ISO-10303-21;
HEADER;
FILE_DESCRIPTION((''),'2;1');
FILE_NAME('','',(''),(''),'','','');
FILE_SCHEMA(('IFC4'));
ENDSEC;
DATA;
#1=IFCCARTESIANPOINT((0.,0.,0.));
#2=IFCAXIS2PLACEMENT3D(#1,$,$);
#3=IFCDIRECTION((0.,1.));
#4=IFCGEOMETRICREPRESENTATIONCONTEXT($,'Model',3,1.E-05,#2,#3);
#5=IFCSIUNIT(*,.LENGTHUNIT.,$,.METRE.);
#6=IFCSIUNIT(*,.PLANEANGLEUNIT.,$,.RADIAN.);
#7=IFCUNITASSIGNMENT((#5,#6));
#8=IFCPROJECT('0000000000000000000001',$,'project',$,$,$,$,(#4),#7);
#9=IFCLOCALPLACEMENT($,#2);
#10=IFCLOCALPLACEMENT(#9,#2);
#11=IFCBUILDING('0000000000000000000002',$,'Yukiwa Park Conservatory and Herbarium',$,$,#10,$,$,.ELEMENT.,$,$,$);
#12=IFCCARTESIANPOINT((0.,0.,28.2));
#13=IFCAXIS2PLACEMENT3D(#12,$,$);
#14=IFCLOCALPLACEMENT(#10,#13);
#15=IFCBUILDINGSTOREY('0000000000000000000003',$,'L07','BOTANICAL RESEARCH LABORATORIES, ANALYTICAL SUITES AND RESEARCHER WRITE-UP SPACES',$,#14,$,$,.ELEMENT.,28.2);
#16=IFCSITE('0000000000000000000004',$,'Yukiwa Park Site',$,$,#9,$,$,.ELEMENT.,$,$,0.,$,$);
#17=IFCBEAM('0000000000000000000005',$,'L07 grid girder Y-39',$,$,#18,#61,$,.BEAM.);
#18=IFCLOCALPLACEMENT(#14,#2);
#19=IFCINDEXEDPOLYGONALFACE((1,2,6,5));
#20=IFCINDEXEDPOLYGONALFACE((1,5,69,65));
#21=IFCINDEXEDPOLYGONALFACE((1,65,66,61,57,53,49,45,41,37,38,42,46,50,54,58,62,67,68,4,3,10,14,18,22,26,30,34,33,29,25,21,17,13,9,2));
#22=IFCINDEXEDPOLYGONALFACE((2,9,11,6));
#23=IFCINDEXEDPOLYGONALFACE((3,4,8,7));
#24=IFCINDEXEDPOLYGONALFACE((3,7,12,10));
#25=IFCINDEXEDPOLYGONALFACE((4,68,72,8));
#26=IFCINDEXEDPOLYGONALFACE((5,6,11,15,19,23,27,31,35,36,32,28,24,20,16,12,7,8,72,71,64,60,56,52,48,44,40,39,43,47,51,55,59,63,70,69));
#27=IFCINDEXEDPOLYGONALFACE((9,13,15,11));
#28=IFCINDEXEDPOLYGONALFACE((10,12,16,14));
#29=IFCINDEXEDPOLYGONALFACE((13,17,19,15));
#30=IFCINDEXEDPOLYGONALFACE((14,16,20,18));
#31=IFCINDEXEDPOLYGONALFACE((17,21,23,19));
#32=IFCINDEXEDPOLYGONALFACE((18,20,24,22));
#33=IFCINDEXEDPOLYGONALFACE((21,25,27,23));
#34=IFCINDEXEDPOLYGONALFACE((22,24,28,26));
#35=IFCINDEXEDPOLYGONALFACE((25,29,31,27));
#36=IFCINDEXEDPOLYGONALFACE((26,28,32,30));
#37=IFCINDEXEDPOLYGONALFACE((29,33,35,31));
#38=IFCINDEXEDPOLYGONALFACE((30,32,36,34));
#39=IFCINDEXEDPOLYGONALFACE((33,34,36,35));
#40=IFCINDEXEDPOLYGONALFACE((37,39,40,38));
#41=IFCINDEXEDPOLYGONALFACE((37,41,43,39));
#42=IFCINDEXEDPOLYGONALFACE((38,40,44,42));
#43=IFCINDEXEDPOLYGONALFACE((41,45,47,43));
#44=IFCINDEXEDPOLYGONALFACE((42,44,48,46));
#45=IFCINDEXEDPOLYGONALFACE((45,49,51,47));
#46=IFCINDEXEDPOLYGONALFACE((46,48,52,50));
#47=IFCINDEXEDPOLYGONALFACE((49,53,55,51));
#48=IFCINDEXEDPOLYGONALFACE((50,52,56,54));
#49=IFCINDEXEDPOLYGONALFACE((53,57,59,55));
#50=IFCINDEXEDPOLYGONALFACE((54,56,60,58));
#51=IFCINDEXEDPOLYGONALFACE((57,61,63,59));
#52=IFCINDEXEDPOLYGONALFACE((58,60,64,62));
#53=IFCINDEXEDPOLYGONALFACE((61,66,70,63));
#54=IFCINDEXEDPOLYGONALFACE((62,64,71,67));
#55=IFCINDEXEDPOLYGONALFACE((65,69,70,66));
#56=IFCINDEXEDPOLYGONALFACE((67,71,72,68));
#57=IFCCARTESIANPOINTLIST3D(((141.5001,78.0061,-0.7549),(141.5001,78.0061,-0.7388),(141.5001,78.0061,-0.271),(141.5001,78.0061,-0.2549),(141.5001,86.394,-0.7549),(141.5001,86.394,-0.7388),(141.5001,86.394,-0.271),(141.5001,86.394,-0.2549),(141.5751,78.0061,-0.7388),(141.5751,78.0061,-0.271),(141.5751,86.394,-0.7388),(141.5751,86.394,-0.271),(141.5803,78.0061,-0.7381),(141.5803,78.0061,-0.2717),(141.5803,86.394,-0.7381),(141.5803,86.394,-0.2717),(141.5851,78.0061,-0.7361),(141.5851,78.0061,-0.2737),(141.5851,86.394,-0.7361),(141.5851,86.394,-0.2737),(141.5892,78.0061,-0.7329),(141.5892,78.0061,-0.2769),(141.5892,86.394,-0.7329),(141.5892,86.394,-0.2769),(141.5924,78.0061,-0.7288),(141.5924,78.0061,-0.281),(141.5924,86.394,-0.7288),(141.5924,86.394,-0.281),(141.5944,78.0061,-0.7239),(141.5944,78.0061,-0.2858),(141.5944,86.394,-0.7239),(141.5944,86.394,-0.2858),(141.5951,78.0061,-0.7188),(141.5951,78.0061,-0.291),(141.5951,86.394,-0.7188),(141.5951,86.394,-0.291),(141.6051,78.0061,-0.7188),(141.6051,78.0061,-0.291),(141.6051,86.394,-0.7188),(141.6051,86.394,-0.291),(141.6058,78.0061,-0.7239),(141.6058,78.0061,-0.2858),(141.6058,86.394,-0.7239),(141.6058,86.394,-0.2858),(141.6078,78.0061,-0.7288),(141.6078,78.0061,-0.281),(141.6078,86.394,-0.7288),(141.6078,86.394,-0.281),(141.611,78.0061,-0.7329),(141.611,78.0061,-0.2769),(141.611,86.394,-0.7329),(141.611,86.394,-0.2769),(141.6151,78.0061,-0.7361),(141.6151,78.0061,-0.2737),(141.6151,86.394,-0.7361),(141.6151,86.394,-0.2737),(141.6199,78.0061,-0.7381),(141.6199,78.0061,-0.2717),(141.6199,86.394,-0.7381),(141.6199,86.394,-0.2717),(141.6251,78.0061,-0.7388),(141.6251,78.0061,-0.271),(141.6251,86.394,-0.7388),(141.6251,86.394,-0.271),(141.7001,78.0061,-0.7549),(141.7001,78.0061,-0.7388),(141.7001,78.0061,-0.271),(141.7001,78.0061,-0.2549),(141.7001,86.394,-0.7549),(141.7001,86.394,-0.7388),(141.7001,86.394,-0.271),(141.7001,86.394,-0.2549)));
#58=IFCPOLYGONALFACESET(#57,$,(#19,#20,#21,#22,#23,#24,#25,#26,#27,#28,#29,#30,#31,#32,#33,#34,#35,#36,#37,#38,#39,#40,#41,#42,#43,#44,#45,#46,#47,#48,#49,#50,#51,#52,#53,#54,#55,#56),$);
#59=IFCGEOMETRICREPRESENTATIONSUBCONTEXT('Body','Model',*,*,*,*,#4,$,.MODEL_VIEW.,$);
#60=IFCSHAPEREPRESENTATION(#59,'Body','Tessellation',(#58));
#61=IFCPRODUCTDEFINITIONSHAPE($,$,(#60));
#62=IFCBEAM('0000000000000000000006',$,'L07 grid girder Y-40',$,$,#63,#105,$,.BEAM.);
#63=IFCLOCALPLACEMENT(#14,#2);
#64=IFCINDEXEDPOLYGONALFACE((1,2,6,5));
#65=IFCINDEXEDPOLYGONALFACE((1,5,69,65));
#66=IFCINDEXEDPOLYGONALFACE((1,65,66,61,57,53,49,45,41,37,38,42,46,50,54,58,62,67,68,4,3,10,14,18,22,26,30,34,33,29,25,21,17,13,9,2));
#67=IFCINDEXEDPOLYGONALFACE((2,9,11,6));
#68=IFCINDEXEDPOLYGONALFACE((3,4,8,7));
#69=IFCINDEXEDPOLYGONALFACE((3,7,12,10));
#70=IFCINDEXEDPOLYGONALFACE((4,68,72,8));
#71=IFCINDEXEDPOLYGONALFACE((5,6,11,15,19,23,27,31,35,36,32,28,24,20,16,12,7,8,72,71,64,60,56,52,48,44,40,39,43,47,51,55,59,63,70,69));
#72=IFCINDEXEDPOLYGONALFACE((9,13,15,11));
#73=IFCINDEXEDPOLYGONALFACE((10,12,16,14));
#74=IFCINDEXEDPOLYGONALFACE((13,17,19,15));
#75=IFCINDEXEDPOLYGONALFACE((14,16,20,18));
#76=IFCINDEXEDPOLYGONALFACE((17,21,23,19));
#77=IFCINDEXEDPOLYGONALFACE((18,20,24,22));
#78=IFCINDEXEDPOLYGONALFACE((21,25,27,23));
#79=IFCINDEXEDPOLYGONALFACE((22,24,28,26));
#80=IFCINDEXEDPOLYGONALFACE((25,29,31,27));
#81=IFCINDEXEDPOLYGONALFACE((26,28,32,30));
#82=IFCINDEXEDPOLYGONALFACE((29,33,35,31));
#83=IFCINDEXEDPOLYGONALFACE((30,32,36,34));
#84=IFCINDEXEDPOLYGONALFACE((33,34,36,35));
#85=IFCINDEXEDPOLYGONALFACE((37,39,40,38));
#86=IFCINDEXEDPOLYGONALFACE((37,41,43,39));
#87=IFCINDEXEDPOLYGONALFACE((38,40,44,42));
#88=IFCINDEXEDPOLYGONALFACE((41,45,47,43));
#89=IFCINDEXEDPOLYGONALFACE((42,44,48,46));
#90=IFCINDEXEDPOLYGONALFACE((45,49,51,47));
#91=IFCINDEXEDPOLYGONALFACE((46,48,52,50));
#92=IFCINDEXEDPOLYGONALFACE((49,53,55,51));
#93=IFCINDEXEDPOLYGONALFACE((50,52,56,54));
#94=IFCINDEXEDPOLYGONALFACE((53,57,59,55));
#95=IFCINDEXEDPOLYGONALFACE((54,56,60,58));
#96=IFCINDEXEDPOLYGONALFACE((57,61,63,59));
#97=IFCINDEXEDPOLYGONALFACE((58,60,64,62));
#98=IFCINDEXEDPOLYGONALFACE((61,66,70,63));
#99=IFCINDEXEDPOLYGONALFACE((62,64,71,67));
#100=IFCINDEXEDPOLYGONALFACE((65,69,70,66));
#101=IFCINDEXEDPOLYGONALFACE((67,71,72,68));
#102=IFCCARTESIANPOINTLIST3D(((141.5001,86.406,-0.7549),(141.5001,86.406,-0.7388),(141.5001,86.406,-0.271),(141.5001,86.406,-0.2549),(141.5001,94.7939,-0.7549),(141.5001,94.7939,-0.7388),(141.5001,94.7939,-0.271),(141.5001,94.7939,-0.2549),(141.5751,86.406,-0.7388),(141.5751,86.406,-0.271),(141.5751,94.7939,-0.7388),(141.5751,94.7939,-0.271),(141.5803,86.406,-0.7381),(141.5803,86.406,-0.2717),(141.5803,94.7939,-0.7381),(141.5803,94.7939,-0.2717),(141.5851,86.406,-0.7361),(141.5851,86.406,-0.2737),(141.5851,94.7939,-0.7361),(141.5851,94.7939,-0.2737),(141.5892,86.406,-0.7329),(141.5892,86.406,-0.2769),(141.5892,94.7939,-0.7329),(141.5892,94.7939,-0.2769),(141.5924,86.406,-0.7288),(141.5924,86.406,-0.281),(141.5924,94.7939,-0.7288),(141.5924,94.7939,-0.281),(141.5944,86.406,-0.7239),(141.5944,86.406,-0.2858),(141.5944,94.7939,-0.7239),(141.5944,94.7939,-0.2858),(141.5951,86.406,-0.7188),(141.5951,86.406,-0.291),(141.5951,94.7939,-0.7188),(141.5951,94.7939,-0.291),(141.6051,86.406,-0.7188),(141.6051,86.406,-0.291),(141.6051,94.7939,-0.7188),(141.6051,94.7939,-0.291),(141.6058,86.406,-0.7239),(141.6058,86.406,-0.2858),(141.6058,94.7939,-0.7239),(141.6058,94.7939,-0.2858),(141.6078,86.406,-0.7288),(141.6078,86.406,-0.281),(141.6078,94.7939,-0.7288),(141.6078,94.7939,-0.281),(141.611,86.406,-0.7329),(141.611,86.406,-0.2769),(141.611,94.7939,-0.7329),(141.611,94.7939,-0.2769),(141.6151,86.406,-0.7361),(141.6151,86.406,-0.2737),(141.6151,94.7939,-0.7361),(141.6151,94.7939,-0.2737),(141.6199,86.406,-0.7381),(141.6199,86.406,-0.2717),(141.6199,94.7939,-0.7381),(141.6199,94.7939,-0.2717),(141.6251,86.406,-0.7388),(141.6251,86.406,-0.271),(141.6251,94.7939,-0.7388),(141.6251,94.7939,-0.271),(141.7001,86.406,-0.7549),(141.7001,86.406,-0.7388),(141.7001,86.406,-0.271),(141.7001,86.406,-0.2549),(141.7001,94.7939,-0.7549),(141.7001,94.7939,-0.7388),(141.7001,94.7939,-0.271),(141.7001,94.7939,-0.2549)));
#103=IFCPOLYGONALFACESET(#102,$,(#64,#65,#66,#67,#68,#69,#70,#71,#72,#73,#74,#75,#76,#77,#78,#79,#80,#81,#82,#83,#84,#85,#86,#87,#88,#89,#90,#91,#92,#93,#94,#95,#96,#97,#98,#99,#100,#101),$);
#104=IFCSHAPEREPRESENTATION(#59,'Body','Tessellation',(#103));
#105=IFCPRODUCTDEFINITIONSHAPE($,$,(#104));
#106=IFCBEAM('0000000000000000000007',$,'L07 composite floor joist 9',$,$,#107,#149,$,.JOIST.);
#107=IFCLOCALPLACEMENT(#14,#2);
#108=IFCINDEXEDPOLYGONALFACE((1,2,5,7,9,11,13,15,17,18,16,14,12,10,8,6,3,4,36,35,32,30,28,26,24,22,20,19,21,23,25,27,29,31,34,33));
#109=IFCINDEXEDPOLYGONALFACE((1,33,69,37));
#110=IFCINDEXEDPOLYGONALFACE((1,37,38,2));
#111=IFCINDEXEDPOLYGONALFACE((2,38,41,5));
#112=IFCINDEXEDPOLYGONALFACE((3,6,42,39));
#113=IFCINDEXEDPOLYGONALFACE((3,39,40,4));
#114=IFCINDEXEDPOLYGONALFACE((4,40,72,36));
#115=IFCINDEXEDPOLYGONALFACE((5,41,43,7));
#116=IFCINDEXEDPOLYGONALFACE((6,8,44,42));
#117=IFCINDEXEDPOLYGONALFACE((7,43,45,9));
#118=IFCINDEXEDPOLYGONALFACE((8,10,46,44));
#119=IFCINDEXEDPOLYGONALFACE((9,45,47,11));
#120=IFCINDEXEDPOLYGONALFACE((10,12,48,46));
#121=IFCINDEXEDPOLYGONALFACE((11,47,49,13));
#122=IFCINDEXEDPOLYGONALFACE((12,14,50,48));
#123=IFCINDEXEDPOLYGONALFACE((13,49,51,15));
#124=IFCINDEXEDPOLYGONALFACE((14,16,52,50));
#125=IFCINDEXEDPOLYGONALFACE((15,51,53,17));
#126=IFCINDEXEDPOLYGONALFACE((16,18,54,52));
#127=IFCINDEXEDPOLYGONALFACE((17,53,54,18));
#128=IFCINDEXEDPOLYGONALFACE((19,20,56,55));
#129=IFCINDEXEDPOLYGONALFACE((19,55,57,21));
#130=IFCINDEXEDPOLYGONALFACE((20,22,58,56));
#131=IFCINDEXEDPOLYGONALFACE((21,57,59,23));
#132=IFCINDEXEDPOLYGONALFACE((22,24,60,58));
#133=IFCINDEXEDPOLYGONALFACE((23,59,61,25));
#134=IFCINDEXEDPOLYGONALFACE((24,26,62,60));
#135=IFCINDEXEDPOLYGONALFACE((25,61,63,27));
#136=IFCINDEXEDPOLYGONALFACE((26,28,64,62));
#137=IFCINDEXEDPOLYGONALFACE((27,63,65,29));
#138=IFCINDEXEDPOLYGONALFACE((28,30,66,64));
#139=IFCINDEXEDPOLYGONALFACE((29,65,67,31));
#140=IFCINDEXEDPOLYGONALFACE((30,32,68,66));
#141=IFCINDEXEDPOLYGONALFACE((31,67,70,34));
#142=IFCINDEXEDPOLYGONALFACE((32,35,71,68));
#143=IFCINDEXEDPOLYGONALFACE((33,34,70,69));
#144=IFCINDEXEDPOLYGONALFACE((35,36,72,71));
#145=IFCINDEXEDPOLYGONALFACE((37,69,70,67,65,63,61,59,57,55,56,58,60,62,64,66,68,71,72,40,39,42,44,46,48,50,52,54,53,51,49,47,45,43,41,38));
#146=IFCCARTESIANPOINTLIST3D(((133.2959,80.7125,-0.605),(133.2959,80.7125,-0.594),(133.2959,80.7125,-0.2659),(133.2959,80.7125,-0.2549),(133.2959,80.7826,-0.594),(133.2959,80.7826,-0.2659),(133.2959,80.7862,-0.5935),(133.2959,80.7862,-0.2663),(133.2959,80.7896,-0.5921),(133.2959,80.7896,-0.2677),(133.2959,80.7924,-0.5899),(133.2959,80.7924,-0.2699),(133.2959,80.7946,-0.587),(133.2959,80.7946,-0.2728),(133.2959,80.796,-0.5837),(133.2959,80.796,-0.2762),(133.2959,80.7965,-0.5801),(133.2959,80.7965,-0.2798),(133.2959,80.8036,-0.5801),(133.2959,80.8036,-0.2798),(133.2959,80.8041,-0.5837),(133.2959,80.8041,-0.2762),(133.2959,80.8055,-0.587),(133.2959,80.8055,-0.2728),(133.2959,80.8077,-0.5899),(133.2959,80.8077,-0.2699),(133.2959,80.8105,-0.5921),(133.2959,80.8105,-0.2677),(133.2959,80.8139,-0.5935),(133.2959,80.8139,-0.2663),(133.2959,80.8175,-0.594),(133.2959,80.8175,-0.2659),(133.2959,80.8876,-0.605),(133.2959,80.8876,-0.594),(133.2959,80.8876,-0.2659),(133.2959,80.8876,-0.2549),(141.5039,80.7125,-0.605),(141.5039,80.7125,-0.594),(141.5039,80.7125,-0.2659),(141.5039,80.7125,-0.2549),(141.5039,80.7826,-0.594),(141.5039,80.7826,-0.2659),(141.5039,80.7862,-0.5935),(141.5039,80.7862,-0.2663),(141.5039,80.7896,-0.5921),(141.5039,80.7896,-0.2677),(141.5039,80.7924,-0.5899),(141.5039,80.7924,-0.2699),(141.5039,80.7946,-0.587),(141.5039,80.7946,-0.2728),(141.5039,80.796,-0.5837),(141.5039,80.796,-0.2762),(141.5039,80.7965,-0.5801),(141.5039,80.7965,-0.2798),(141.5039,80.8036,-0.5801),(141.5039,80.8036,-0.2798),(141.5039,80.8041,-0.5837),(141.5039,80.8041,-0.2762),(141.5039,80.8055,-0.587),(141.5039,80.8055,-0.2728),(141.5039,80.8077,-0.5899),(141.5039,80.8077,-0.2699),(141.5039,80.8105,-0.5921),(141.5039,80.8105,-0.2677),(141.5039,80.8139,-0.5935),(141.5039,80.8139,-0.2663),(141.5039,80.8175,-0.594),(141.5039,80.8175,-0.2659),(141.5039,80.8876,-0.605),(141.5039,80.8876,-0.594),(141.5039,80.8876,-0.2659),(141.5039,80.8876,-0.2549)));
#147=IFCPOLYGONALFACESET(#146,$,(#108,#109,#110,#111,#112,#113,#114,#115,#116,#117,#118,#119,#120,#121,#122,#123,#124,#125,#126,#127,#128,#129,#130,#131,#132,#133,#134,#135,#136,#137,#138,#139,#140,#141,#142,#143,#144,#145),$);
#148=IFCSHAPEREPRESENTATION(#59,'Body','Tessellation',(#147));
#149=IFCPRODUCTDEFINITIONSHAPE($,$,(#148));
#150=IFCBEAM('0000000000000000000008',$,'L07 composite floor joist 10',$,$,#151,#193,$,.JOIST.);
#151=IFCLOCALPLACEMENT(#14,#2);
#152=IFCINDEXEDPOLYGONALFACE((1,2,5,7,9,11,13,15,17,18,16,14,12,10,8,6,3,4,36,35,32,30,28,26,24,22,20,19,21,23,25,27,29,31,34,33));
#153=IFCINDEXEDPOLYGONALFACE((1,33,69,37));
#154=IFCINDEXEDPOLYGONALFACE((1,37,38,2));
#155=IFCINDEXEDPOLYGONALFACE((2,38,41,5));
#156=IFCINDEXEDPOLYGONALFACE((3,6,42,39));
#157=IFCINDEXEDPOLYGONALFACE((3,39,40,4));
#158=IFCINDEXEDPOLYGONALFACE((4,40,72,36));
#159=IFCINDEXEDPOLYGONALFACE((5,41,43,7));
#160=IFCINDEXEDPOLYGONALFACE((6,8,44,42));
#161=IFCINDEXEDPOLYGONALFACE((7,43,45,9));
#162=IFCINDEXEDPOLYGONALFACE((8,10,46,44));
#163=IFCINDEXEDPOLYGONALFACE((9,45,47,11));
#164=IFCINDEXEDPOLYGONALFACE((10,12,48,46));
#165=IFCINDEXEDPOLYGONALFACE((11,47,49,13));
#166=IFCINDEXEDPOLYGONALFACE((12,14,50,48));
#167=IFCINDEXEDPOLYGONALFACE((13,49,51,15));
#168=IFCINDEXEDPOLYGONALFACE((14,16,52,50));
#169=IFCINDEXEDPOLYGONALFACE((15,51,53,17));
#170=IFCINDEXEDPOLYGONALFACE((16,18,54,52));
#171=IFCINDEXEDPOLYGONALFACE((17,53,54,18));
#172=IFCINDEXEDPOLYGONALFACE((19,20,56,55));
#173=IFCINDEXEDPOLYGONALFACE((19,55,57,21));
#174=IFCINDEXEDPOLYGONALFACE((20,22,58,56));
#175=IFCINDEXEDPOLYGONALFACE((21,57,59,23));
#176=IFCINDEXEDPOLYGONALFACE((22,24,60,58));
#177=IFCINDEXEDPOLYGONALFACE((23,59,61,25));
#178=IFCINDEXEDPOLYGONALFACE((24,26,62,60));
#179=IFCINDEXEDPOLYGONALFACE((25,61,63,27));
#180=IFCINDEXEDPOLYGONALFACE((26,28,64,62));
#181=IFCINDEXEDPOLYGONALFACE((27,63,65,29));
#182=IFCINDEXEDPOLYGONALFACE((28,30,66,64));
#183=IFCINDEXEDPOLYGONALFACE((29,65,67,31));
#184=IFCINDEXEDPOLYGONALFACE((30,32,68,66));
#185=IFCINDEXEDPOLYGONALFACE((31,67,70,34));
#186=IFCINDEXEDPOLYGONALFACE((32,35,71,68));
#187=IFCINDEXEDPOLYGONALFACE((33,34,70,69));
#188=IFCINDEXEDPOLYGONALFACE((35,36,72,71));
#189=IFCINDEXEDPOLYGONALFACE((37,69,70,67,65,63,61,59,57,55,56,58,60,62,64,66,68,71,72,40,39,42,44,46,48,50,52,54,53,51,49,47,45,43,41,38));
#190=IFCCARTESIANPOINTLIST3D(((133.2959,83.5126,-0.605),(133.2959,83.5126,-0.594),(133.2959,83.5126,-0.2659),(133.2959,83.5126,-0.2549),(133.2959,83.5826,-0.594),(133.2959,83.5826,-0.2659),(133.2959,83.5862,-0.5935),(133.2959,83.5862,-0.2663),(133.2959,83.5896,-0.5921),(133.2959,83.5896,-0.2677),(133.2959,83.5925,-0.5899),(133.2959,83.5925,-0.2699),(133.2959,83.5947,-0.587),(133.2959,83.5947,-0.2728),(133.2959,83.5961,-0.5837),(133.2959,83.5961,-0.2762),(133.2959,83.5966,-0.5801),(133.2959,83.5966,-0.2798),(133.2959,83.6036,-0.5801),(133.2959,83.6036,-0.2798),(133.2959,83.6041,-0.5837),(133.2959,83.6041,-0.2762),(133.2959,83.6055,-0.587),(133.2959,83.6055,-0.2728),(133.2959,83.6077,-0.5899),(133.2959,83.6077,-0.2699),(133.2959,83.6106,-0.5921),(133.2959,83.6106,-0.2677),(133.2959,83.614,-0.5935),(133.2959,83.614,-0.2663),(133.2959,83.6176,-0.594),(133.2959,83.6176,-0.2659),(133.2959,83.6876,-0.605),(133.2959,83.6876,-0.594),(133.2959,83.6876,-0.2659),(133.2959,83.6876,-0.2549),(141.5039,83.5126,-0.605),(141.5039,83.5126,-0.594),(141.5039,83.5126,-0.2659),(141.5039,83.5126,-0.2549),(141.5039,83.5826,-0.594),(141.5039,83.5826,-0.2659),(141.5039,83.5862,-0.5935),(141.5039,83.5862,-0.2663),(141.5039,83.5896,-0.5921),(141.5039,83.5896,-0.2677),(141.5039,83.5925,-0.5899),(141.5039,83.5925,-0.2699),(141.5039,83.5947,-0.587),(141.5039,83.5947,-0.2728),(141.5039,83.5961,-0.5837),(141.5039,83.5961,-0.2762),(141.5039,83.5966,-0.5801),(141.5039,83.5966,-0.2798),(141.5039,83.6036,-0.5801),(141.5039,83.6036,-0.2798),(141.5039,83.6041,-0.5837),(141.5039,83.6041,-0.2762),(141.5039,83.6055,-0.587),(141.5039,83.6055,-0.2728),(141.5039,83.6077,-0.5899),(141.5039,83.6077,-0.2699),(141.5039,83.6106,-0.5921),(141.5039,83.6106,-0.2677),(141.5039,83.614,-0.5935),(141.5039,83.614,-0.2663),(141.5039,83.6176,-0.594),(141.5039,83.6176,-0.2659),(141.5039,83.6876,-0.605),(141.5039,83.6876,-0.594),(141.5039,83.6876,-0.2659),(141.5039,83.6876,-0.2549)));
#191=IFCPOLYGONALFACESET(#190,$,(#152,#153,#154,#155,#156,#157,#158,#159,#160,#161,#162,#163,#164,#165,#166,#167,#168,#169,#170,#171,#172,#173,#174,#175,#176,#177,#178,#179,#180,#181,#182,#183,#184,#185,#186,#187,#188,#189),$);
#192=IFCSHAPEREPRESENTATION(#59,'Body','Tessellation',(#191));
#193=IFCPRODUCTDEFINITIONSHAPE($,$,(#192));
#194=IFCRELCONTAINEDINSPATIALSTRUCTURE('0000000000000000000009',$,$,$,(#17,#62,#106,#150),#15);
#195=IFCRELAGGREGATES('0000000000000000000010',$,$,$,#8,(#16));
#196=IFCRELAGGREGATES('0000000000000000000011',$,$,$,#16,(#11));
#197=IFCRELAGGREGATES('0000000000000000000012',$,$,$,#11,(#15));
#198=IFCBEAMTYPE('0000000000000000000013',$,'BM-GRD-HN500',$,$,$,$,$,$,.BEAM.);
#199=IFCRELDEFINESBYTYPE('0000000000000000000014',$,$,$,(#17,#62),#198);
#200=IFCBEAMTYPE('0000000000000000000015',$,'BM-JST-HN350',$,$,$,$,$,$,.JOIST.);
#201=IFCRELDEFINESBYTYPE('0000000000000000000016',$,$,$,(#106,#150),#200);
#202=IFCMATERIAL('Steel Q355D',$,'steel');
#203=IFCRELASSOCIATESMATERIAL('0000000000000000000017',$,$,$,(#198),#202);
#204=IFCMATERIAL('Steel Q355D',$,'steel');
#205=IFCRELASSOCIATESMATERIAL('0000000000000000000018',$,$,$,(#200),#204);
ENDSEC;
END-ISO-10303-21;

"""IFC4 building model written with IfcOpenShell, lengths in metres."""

from ifc_helpers import new_model, si_unit, direction, frame, origin, origin_2d, place, context, subcontext, project, spatial, i_section, extrude, material, material_profile, profile_set, type_object, element, save


model = new_model("IFC4")

# Units and contexts
model_context = context("Model", 3, precision=1e-05, world=origin(), true_north=direction((0.0, 1.0)))
body_context = subcontext(model_context, "Body", "Model", "MODEL_VIEW")
ifc_project = project(units=[si_unit("LENGTHUNIT", "METRE"), si_unit("PLANEANGLEUNIT", "RADIAN")], contexts=[model_context])

# Site, building, storey
site_placement = place(None, origin())
site = spatial("IfcSite", under=ifc_project, at=site_placement, Name="Yukiwa Park Site", CompositionType="ELEMENT", RefElevation=0.0)
building_placement = place(site_placement, origin())
building = spatial("IfcBuilding", under=site, at=building_placement, Name="Yukiwa Park Conservatory and Herbarium", CompositionType="ELEMENT")
storey_placement = place(building_placement, frame((0.0, 0.0, 28.2)))
storey = spatial("IfcBuildingStorey", under=building, at=storey_placement, Name="L07", Description="BOTANICAL RESEARCH LABORATORIES, ANALYTICAL SUITES AND RESEARCHER WRITE-UP SPACES", CompositionType="ELEMENT", Elevation=28.2)

# Beams
ifc_material_1 = material(Name="Steel Q355D", Category="steel")
ifc_material_profile_1 = material_profile(ifc_material_1, i_section(OverallWidth=0.2, OverallDepth=0.5, WebThickness=0.01, FlangeThickness=0.0161, FilletRadius=0.02, at=origin_2d()), Name="HN 500x200x10x16")
ifc_profile_set_1 = profile_set([ifc_material_profile_1], Name="Steel Q355D")
beam_type_1 = type_object("IfcBeamType", Name="BM-GRD-HN500", PredefinedType="BEAM", material=ifc_profile_set_1)
for number, where, z_axis, x_axis, name in (
    (1, (141.6001, 78.0061, -0.5049), (0.0, 1.0, 0.0), (-1.0, 0.0, 0.0), "L07 grid girder Y-39"),
    (2, (141.6001, 86.406, -0.5049), (0.0, 1.0, 0.0), (-1.0, 0.0, 0.0), "L07 grid girder Y-40"),
):
    element("IfcBeam", number, at=place(storey_placement, frame(where, z_axis=z_axis, x_axis=x_axis)), inside=storey, type_object=beam_type_1, Name=name, PredefinedType="BEAM", context=body_context, shape_type="SweptSolid", body=[
        extrude(i_section(OverallWidth=0.2, OverallDepth=0.5, WebThickness=0.01, FlangeThickness=0.0161, FilletRadius=0.02, at=origin_2d()), origin(), (0.0, 0.0, 1.0), 8.3879),
    ])
ifc_material_2 = material(Name="Steel Q355D", Category="steel")
ifc_material_profile_2 = material_profile(ifc_material_2, i_section(OverallWidth=0.175, OverallDepth=0.3501, WebThickness=0.0071, FlangeThickness=0.011, FilletRadius=0.0139, at=origin_2d()), Name="HN 350x175x7x11")
ifc_profile_set_2 = profile_set([ifc_material_profile_2], Name="Steel Q355D")
beam_type_2 = type_object("IfcBeamType", Name="BM-JST-HN350", PredefinedType="JOIST", material=ifc_profile_set_2)
for number, where, z_axis, x_axis, name in (
    (3, (133.2959, 80.8, -0.4299), (1.0, 0.0, 0.0), (0.0, 1.0, 0.0), "L07 composite floor joist 9"),
    (4, (133.2959, 83.6001, -0.4299), (1.0, 0.0, 0.0), (0.0, 1.0, 0.0), "L07 composite floor joist 10"),
):
    element("IfcBeam", number, at=place(storey_placement, frame(where, z_axis=z_axis, x_axis=x_axis)), inside=storey, type_object=beam_type_2, Name=name, PredefinedType="JOIST", context=body_context, shape_type="SweptSolid", body=[
        extrude(i_section(OverallWidth=0.175, OverallDepth=0.3501, WebThickness=0.0071, FlangeThickness=0.011, FilletRadius=0.0139, at=origin_2d()), origin(), (0.0, 0.0, 1.0), 8.208),
    ])

save(model, "model.ifc")
